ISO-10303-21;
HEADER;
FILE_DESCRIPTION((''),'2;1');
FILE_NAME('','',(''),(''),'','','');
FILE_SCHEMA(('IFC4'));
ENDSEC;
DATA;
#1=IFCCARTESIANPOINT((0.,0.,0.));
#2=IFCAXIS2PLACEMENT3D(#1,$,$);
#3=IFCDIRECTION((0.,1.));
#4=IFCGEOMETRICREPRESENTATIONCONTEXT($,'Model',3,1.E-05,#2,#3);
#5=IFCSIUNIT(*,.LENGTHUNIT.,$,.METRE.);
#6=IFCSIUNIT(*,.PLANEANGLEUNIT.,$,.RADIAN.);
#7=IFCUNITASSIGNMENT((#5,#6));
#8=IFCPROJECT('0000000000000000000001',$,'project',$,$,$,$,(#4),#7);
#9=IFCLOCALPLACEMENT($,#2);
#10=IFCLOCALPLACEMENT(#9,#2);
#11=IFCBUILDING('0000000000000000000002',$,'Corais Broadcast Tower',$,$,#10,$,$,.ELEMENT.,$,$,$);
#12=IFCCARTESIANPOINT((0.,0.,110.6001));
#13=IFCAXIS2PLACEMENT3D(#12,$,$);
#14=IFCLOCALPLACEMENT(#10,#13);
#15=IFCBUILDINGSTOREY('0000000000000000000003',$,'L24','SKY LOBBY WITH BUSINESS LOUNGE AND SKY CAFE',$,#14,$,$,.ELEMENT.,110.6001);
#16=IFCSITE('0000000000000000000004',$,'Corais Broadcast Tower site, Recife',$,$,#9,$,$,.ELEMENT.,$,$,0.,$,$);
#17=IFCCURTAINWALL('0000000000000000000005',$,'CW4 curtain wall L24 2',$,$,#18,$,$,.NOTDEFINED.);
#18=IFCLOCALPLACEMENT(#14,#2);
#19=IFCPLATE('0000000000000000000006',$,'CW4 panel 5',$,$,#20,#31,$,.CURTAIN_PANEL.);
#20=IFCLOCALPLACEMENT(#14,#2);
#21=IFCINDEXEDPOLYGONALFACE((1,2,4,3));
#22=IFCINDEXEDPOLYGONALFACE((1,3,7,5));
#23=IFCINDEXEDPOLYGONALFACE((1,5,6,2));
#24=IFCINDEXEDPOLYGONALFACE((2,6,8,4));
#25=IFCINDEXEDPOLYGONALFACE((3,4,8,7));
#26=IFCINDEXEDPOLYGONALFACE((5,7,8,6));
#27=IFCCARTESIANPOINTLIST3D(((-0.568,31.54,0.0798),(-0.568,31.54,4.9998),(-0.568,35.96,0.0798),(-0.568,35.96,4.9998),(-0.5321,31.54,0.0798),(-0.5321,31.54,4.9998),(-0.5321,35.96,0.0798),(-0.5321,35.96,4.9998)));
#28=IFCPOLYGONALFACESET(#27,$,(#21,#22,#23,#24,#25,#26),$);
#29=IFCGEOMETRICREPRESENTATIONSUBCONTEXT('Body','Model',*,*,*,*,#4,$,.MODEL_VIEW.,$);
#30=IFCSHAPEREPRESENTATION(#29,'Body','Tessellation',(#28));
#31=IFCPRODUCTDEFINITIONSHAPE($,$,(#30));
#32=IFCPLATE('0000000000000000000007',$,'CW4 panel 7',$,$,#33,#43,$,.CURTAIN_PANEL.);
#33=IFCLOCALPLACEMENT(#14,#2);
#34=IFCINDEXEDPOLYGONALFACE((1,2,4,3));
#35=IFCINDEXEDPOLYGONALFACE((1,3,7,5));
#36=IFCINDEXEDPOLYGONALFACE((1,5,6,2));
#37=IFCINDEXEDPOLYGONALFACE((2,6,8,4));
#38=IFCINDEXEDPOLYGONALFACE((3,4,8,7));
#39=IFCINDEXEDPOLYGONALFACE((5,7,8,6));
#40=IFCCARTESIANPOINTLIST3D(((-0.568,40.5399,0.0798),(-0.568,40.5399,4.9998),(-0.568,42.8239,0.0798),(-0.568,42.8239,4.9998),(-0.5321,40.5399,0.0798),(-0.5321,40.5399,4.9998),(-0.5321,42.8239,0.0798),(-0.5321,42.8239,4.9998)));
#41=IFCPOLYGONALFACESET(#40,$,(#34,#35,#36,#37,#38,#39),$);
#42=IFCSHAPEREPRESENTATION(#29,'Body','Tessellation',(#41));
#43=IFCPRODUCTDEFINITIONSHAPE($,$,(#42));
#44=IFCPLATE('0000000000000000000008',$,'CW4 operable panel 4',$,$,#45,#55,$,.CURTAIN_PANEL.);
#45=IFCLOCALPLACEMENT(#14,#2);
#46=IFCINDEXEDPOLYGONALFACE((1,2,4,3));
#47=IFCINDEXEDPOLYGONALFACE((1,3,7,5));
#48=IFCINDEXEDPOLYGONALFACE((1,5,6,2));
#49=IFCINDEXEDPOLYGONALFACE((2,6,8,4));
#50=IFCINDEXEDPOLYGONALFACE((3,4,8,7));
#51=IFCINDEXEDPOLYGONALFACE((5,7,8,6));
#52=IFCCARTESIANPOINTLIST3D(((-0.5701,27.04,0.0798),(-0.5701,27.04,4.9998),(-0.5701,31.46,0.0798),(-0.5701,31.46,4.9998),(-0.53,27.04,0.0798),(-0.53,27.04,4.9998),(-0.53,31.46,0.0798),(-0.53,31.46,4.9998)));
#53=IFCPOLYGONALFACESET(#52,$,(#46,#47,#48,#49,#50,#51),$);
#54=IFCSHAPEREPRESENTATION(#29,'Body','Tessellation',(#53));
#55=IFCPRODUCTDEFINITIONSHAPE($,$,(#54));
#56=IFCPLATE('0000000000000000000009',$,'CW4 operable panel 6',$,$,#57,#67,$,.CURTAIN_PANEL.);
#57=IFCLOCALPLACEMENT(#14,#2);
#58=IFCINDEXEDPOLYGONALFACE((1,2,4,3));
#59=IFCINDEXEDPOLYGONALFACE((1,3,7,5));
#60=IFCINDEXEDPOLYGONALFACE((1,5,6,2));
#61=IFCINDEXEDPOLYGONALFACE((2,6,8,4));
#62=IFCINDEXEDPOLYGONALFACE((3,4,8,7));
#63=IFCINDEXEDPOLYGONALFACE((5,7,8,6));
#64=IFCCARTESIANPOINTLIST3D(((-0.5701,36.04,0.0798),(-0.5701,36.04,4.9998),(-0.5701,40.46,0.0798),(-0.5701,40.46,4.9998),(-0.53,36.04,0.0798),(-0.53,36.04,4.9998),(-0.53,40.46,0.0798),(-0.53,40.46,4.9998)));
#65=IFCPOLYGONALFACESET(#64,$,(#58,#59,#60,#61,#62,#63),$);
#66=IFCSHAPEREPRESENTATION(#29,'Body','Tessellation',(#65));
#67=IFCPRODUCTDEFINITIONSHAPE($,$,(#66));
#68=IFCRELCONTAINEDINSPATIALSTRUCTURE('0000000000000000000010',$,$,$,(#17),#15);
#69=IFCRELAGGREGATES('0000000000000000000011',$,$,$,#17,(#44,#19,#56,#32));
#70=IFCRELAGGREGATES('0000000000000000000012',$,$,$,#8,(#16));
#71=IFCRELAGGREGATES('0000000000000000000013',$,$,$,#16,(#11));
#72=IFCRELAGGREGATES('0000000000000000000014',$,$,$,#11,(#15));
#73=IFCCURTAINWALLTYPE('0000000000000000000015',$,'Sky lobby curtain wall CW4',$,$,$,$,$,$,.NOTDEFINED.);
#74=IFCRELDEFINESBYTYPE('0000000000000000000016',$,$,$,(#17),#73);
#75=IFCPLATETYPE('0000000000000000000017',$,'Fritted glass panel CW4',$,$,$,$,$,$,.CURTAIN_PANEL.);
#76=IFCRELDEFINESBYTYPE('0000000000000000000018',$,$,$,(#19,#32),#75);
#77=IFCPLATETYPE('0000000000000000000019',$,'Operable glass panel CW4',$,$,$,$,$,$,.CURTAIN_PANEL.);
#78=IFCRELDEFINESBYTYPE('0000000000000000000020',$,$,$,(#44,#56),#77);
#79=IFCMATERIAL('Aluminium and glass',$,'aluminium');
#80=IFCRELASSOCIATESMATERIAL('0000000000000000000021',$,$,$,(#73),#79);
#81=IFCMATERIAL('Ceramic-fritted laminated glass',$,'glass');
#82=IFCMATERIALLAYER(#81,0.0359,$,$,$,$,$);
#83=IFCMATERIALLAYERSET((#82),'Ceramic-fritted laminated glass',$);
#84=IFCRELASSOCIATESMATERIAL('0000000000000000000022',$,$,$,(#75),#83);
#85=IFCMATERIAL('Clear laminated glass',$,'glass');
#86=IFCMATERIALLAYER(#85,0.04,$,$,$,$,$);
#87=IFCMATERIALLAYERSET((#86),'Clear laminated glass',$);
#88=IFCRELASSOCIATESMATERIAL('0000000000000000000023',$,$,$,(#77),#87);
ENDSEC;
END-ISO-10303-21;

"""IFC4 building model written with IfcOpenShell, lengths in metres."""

from ifc_helpers import new_model, si_unit, direction, frame, origin, origin_2d, place, context, subcontext, project, spatial, rectangle, extrude, material, layer, layer_set, type_object, element, aggregate, save


model = new_model("IFC4")

# Units and contexts
model_context = context("Model", 3, precision=1e-05, world=origin(), true_north=direction((0.0, 1.0)))
body_context = subcontext(model_context, "Body", "Model", "MODEL_VIEW")
ifc_project = project(units=[si_unit("LENGTHUNIT", "METRE"), si_unit("PLANEANGLEUNIT", "RADIAN")], contexts=[model_context])

# Site, building, storey
site_placement = place(None, origin())
site = spatial("IfcSite", under=ifc_project, at=site_placement, Name="Corais Broadcast Tower site, Recife", CompositionType="ELEMENT", RefElevation=0.0)
building_placement = place(site_placement, origin())
building = spatial("IfcBuilding", under=site, at=building_placement, Name="Corais Broadcast Tower", CompositionType="ELEMENT")
storey_placement = place(building_placement, frame((0.0, 0.0, 110.6001)))
storey = spatial("IfcBuildingStorey", under=building, at=storey_placement, Name="L24", Description="SKY LOBBY WITH BUSINESS LOUNGE AND SKY CAFE", CompositionType="ELEMENT", Elevation=110.6001)

# Curtain wall
ifc_material_1 = material(Name="Aluminium and glass", Category="aluminium")
curtain_wall_type = type_object("IfcCurtainWallType", Name="Sky lobby curtain wall CW4", PredefinedType="NOTDEFINED", material=ifc_material_1)
curtain_wall_placement = place(storey_placement, origin())
curtain_wall = element("IfcCurtainWall", 1, at=curtain_wall_placement, inside=storey, type_object=curtain_wall_type, Name="CW4 curtain wall L24 2", PredefinedType="NOTDEFINED")

# Plates
ifc_material_2 = material(Name="Ceramic-fritted laminated glass", Category="glass")
ifc_layer_1 = layer(ifc_material_2, 0.0359)
ifc_layer_set_1 = layer_set([ifc_layer_1], Name="Ceramic-fritted laminated glass")
plate_type_1 = type_object("IfcPlateType", Name="Fritted glass panel CW4", PredefinedType="CURTAIN_PANEL", material=ifc_layer_set_1)
plate_1_placement = place(storey_placement, frame((-0.55, 33.75, 0.0798), z_axis=(0.0, 0.0, 1.0), x_axis=(0.0, 1.0, 0.0)))
plate_1 = element("IfcPlate", 2, at=plate_1_placement, type_object=plate_type_1, Name="CW4 panel 5", PredefinedType="CURTAIN_PANEL", context=body_context, shape_type="SweptSolid", body=[
    extrude(rectangle(XDim=4.4199, YDim=0.0359, at=origin_2d()), origin(), (0.0, 0.0, 1.0), 4.9199),
])
plate_2_placement = place(storey_placement, frame((-0.55, 41.6819, 0.0798), z_axis=(0.0, 0.0, 1.0), x_axis=(0.0, 1.0, 0.0)))
plate_2 = element("IfcPlate", 3, at=plate_2_placement, type_object=plate_type_1, Name="CW4 panel 7", PredefinedType="CURTAIN_PANEL", context=body_context, shape_type="SweptSolid", body=[
    extrude(rectangle(XDim=2.2839, YDim=0.0359, at=origin_2d()), origin(), (0.0, 0.0, 1.0), 4.9199),
])
ifc_material_3 = material(Name="Clear laminated glass", Category="glass")
ifc_layer_2 = layer(ifc_material_3, 0.04)
ifc_layer_set_2 = layer_set([ifc_layer_2], Name="Clear laminated glass")
plate_type_2 = type_object("IfcPlateType", Name="Operable glass panel CW4", PredefinedType="CURTAIN_PANEL", material=ifc_layer_set_2)
plate_3_placement = place(storey_placement, frame((-0.55, 29.25, 0.0798), z_axis=(0.0, 0.0, 1.0), x_axis=(0.0, 1.0, 0.0)))
plate_3 = element("IfcPlate", 4, at=plate_3_placement, type_object=plate_type_2, Name="CW4 operable panel 4", PredefinedType="CURTAIN_PANEL", context=body_context, shape_type="SweptSolid", body=[
    extrude(rectangle(XDim=4.4199, YDim=0.04, at=origin_2d()), origin(), (0.0, 0.0, 1.0), 4.9199),
])
plate_4_placement = place(storey_placement, frame((-0.55, 38.25, 0.0798), z_axis=(0.0, 0.0, 1.0), x_axis=(0.0, 1.0, 0.0)))
plate_4 = element("IfcPlate", 5, at=plate_4_placement, type_object=plate_type_2, Name="CW4 operable panel 6", PredefinedType="CURTAIN_PANEL", context=body_context, shape_type="SweptSolid", body=[
    extrude(rectangle(XDim=4.4199, YDim=0.04, at=origin_2d()), origin(), (0.0, 0.0, 1.0), 4.9199),
])
aggregate(curtain_wall, [plate_3, plate_1, plate_4, plate_2])

save(model, "model.ifc")
